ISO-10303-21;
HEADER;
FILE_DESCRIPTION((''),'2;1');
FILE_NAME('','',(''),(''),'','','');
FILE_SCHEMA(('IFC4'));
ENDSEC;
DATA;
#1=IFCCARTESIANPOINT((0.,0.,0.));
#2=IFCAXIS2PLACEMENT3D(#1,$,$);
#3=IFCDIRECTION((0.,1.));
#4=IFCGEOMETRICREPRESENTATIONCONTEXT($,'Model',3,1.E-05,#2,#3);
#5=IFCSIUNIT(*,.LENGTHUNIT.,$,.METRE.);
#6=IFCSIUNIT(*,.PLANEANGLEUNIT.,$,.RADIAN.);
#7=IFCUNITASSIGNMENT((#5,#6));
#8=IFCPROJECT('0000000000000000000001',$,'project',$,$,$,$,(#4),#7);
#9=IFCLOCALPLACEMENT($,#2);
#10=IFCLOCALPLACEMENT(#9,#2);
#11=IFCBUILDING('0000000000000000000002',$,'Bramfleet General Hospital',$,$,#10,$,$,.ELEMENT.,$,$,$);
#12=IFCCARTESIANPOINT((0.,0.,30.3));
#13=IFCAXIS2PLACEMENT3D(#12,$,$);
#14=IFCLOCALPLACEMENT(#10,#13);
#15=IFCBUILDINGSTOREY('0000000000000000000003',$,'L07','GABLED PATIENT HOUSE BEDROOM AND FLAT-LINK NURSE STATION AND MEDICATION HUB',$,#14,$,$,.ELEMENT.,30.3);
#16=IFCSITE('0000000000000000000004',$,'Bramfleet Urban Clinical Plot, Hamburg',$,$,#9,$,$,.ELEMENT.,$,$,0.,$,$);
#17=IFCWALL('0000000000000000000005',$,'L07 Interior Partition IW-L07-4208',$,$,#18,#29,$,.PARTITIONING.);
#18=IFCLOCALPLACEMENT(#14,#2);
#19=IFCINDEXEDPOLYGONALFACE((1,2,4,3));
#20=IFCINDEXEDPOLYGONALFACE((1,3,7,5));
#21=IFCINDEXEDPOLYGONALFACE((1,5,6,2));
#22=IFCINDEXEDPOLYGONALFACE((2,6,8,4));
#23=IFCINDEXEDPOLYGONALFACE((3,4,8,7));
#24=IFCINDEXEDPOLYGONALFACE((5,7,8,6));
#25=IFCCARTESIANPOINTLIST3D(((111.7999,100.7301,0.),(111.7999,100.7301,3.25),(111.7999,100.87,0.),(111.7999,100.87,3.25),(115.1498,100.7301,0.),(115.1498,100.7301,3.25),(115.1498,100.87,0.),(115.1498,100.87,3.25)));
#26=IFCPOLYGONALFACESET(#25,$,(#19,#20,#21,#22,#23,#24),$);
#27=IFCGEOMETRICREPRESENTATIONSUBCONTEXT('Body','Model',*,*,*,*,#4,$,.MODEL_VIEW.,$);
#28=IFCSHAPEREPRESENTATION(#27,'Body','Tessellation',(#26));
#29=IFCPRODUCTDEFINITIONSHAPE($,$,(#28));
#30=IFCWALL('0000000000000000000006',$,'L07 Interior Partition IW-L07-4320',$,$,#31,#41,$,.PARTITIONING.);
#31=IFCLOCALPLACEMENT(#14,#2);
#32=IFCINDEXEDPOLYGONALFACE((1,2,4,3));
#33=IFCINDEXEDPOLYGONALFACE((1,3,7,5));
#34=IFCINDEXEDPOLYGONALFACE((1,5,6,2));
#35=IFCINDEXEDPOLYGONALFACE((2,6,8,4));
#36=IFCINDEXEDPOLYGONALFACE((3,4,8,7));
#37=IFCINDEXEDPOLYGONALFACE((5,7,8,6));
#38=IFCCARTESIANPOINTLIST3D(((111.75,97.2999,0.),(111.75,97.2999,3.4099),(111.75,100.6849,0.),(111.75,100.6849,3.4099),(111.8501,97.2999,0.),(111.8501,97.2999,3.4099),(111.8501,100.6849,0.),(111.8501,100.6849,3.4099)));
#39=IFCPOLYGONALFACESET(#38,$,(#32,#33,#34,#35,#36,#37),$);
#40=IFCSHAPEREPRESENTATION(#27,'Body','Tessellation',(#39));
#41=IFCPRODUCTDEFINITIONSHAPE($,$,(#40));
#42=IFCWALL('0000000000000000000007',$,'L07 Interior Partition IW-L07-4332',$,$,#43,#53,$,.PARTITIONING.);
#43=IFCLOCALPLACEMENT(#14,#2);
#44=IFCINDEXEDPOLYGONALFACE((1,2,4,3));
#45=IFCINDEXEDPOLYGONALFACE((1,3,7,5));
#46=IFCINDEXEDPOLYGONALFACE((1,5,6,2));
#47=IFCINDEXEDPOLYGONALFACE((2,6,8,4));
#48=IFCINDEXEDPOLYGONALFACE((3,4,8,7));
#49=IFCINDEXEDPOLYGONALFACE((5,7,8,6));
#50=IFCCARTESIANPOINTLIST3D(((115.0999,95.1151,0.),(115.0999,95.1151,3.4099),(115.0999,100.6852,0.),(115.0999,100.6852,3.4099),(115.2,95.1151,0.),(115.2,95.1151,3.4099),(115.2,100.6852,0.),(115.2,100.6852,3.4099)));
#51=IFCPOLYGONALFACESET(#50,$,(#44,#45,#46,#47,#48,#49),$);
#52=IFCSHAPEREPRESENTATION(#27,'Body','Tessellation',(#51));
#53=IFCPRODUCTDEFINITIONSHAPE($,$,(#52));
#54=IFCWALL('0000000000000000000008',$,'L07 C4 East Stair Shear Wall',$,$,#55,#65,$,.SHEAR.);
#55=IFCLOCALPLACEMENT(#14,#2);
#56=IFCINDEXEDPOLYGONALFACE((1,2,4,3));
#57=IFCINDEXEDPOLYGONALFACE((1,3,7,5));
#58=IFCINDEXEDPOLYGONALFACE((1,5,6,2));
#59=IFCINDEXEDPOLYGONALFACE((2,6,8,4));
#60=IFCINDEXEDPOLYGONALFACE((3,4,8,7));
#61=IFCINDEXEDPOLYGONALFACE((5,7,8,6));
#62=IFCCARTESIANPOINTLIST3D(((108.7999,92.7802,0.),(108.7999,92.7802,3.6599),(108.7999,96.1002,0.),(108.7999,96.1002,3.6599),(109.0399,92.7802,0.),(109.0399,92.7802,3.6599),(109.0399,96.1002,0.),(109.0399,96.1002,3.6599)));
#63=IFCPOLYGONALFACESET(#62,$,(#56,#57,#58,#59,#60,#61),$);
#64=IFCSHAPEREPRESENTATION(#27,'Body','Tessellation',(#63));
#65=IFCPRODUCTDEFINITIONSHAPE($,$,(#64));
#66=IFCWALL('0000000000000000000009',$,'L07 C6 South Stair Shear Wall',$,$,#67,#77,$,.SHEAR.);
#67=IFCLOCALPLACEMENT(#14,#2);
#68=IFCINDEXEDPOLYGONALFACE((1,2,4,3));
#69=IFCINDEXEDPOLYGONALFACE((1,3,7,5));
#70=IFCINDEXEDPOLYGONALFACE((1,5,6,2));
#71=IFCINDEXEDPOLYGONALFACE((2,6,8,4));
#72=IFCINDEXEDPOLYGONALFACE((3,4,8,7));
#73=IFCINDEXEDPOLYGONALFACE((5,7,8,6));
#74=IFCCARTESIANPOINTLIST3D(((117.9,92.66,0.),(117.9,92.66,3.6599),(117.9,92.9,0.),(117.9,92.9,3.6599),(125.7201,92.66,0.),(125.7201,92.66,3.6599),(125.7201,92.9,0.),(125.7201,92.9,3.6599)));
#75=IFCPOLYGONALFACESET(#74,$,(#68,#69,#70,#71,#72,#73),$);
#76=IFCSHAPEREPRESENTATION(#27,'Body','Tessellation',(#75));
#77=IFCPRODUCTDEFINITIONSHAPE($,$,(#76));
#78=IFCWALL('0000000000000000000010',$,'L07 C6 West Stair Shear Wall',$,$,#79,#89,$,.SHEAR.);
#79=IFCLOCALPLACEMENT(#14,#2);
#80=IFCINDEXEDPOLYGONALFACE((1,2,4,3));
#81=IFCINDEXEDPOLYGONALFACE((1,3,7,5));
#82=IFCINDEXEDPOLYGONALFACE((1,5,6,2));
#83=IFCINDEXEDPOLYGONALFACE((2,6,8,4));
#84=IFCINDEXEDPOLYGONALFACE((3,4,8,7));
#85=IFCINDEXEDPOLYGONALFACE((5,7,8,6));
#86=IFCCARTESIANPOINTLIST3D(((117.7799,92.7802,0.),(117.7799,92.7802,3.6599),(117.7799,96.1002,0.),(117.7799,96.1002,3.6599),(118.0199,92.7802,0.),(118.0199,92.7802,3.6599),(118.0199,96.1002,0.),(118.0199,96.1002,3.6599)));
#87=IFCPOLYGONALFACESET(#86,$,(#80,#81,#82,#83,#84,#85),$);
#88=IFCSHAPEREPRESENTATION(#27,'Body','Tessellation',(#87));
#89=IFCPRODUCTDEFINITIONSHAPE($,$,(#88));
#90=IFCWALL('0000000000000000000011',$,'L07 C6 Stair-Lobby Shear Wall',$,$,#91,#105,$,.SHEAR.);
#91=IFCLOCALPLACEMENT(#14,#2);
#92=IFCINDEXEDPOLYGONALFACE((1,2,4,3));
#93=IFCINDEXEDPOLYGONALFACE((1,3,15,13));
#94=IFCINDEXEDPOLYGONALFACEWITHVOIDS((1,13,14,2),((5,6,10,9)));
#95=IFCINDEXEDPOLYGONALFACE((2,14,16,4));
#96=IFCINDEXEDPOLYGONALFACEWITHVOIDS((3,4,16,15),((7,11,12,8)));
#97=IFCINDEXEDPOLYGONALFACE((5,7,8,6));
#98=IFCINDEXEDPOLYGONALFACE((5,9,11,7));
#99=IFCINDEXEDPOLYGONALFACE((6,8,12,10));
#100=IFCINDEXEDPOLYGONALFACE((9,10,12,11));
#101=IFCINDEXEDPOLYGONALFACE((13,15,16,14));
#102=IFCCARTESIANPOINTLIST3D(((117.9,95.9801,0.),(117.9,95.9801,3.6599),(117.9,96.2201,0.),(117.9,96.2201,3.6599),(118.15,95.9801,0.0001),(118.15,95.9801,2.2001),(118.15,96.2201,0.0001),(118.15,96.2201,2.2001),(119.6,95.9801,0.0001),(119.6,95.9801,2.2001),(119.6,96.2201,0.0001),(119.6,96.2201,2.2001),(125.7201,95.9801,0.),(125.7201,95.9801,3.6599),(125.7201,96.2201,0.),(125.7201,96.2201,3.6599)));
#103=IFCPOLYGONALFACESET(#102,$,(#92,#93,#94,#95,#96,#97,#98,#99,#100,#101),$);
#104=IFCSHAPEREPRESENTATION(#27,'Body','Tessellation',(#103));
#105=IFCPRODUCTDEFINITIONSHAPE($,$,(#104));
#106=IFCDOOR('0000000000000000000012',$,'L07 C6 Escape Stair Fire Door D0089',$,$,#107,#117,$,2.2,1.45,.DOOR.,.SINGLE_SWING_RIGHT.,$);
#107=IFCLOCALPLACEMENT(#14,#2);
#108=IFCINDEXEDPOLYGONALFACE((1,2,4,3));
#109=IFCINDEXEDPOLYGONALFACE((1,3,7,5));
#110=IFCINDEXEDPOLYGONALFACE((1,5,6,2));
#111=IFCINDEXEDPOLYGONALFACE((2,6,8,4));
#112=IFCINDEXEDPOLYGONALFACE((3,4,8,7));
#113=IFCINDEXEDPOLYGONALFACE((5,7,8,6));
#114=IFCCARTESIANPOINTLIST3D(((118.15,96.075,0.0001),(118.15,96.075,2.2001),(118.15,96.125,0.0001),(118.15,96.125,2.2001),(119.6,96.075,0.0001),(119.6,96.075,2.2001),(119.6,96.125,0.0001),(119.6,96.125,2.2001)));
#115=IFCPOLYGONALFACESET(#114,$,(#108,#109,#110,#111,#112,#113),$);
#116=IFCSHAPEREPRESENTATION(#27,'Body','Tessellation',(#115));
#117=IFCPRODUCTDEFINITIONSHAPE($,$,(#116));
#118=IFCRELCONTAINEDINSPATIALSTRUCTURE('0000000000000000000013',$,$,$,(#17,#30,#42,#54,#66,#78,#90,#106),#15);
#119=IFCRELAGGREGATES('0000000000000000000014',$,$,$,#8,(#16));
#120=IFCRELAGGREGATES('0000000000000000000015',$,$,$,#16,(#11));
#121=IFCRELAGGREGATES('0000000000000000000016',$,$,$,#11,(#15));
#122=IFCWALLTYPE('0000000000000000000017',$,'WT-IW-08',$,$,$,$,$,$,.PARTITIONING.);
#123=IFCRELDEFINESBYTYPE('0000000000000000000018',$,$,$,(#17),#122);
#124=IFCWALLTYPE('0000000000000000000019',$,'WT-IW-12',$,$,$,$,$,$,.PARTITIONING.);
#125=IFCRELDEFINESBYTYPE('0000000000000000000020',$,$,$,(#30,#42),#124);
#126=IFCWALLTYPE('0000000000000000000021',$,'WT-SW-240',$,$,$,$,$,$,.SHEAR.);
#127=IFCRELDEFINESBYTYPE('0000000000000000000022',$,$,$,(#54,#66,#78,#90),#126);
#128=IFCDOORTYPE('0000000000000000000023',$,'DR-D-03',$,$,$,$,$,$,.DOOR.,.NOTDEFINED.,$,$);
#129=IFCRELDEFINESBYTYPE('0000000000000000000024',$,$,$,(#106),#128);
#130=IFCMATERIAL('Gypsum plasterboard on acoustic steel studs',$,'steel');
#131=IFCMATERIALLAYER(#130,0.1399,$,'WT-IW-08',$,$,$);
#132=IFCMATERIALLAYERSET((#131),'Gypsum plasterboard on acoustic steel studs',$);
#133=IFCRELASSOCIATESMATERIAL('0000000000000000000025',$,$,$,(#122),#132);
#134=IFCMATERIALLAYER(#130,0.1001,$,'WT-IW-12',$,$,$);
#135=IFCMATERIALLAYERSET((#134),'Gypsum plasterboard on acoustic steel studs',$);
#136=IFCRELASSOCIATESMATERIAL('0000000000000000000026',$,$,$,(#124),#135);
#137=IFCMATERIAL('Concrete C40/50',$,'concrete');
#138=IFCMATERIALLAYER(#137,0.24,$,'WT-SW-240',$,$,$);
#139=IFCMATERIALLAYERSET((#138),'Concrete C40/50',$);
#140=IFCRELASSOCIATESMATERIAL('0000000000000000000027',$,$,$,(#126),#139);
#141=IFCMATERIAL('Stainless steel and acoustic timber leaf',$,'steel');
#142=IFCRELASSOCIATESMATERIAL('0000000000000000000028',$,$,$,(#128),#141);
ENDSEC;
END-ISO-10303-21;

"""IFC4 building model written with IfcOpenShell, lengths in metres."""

from ifc_helpers import new_model, si_unit, direction, frame, frame_2d, origin, place, context, subcontext, project, spatial, rectangle, extrude, material, layer, layer_set, type_object, element, fill, save


model = new_model("IFC4")

# Units and contexts
model_context = context("Model", 3, precision=1e-05, world=origin(), true_north=direction((0.0, 1.0)))
body_context = subcontext(model_context, "Body", "Model", "MODEL_VIEW")
ifc_project = project(units=[si_unit("LENGTHUNIT", "METRE"), si_unit("PLANEANGLEUNIT", "RADIAN")], contexts=[model_context])

# Site, building, storey
site_placement = place(None, origin())
site = spatial("IfcSite", under=ifc_project, at=site_placement, Name="Bramfleet Urban Clinical Plot, Hamburg", CompositionType="ELEMENT", RefElevation=0.0)
building_placement = place(site_placement, origin())
building = spatial("IfcBuilding", under=site, at=building_placement, Name="Bramfleet General Hospital", CompositionType="ELEMENT")
storey_placement = place(building_placement, frame((0.0, 0.0, 30.3)))
storey = spatial("IfcBuildingStorey", under=building, at=storey_placement, Name="L07", Description="GABLED PATIENT HOUSE BEDROOM AND FLAT-LINK NURSE STATION AND MEDICATION HUB", CompositionType="ELEMENT", Elevation=30.3)

# Shared definitions
ifc_material_1 = material(Name="Concrete C40/50", Category="concrete")

# Shared definitions
ifc_material_2 = material(Name="Stainless steel and acoustic timber leaf", Category="steel")

# Walls
ifc_material_3 = material(Name="Gypsum plasterboard on acoustic steel studs", Category="steel")
ifc_layer_1 = layer(ifc_material_3, 0.1399, Name="WT-IW-08")
ifc_layer_set_1 = layer_set([ifc_layer_1], Name="Gypsum plasterboard on acoustic steel studs")
wall_type_1 = type_object("IfcWallType", Name="WT-IW-08", PredefinedType="PARTITIONING", material=ifc_layer_set_1)
wall_1_placement = place(storey_placement, frame((111.8, 100.8, 0.0), z_axis=(0.0, 0.0, 1.0), x_axis=(1.0, 0.0, 0.0)))
element("IfcWall", 1, at=wall_1_placement, inside=storey, type_object=wall_type_1, Name="L07 Interior Partition IW-L07-4208", PredefinedType="PARTITIONING", context=body_context, shape_type="SweptSolid", body=[
    extrude(rectangle(XDim=3.3499, YDim=0.1399, at=frame_2d((1.6748, 0.0))), origin(), (0.0, 0.0, 1.0), 3.25),
])
ifc_layer_2 = layer(ifc_material_3, 0.1001, Name="WT-IW-12")
ifc_layer_set_2 = layer_set([ifc_layer_2], Name="Gypsum plasterboard on acoustic steel studs")
wall_type_2 = type_object("IfcWallType", Name="WT-IW-12", PredefinedType="PARTITIONING", material=ifc_layer_set_2)
wall_2_placement = place(storey_placement, frame((111.8, 97.3, 0.0), z_axis=(0.0, 0.0, 1.0), x_axis=(0.0, 1.0, 0.0)))
element("IfcWall", 2, at=wall_2_placement, inside=storey, type_object=wall_type_2, Name="L07 Interior Partition IW-L07-4320", PredefinedType="PARTITIONING", context=body_context, shape_type="SweptSolid", body=[
    extrude(rectangle(XDim=3.385, YDim=0.1001, at=frame_2d((1.6924, 0.0))), origin(), (0.0, 0.0, 1.0), 3.4099),
])
wall_3_placement = place(storey_placement, frame((115.1499, 95.115, 0.0), z_axis=(0.0, 0.0, 1.0), x_axis=(0.0, 1.0, 0.0)))
element("IfcWall", 3, at=wall_3_placement, inside=storey, type_object=wall_type_2, Name="L07 Interior Partition IW-L07-4332", PredefinedType="PARTITIONING", context=body_context, shape_type="SweptSolid", body=[
    extrude(rectangle(XDim=5.5701, YDim=0.1001, at=frame_2d((2.7852, 0.0))), origin(), (0.0, 0.0, 1.0), 3.4099),
])
ifc_layer_3 = layer(ifc_material_1, 0.24, Name="WT-SW-240")
ifc_layer_set_3 = layer_set([ifc_layer_3], Name="Concrete C40/50")
wall_type_3 = type_object("IfcWallType", Name="WT-SW-240", PredefinedType="SHEAR", material=ifc_layer_set_3)
wall_4_placement = place(storey_placement, frame((108.9199, 92.78, 0.0), z_axis=(0.0, 0.0, 1.0), x_axis=(0.0, 1.0, 0.0)))
element("IfcWall", 4, at=wall_4_placement, inside=storey, type_object=wall_type_3, Name="L07 C4 East Stair Shear Wall", PredefinedType="SHEAR", context=body_context, shape_type="SweptSolid", body=[
    extrude(rectangle(XDim=3.3201, YDim=0.24, at=frame_2d((1.6602, 0.0))), origin(), (0.0, 0.0, 1.0), 3.6599),
])
wall_5_placement = place(storey_placement, frame((117.8999, 92.78, 0.0), z_axis=(0.0, 0.0, 1.0), x_axis=(1.0, 0.0, 0.0)))
element("IfcWall", 5, at=wall_5_placement, inside=storey, type_object=wall_type_3, Name="L07 C6 South Stair Shear Wall", PredefinedType="SHEAR", context=body_context, shape_type="SweptSolid", body=[
    extrude(rectangle(XDim=7.8201, YDim=0.24, at=frame_2d((3.9102, 0.0))), origin(), (0.0, 0.0, 1.0), 3.6599),
])
wall_6_placement = place(storey_placement, frame((117.8999, 92.78, 0.0), z_axis=(0.0, 0.0, 1.0), x_axis=(0.0, 1.0, 0.0)))
element("IfcWall", 6, at=wall_6_placement, inside=storey, type_object=wall_type_3, Name="L07 C6 West Stair Shear Wall", PredefinedType="SHEAR", context=body_context, shape_type="SweptSolid", body=[
    extrude(rectangle(XDim=3.3201, YDim=0.24, at=frame_2d((1.6602, 0.0))), origin(), (0.0, 0.0, 1.0), 3.6599),
])

# Wall, opening, door
wall_7_placement = place(storey_placement, frame((117.8999, 96.1001, 0.0), z_axis=(0.0, 0.0, 1.0), x_axis=(1.0, 0.0, 0.0)))
wall_7 = element("IfcWall", 7, at=wall_7_placement, inside=storey, type_object=wall_type_3, Name="L07 C6 Stair-Lobby Shear Wall", PredefinedType="SHEAR", context=body_context, shape_type="SweptSolid", body=[
    extrude(rectangle(XDim=7.8201, YDim=0.24, at=frame_2d((3.9102, 0.0))), origin(), (0.0, 0.0, 1.0), 3.6599),
])
opening_1_placement = place(wall_7_placement, frame((0.25, 0.0, 0.0)))
opening_1 = element("IfcOpeningElement", 8, at=opening_1_placement, cuts=wall_7, PredefinedType="OPENING", context=body_context, shape_type="SweptSolid", body=[
    extrude(rectangle(XDim=1.45, YDim=2.2, at=frame_2d((0.7251, 1.1001))), frame((0.0, 0.1299, 0.0), z_axis=(0.0, -1.0, 0.0), x_axis=(1.0, 0.0, 0.0)), (0.0, 0.0, 1.0), 0.26),
])
door_type_1 = type_object("IfcDoorType", Name="DR-D-03", OperationType="NOTDEFINED", PredefinedType="DOOR", material=ifc_material_2)
door_1_placement = place(opening_1_placement, origin())
door_1 = element("IfcDoor", 9, at=door_1_placement, inside=storey, type_object=door_type_1, Name="L07 C6 Escape Stair Fire Door D0089", OperationType="SINGLE_SWING_RIGHT", OverallHeight=2.2, OverallWidth=1.45, PredefinedType="DOOR", context=body_context, shape_type="SweptSolid", body=[
    extrude(rectangle(XDim=1.45, YDim=2.2, at=frame_2d((0.7251, 1.1001))), frame((0.0, 0.0249, 0.0), z_axis=(0.0, -1.0, 0.0), x_axis=(1.0, 0.0, 0.0)), (0.0, 0.0, 1.0), 0.05),
])
fill(opening_1, door_1)

save(model, "model.ifc")
